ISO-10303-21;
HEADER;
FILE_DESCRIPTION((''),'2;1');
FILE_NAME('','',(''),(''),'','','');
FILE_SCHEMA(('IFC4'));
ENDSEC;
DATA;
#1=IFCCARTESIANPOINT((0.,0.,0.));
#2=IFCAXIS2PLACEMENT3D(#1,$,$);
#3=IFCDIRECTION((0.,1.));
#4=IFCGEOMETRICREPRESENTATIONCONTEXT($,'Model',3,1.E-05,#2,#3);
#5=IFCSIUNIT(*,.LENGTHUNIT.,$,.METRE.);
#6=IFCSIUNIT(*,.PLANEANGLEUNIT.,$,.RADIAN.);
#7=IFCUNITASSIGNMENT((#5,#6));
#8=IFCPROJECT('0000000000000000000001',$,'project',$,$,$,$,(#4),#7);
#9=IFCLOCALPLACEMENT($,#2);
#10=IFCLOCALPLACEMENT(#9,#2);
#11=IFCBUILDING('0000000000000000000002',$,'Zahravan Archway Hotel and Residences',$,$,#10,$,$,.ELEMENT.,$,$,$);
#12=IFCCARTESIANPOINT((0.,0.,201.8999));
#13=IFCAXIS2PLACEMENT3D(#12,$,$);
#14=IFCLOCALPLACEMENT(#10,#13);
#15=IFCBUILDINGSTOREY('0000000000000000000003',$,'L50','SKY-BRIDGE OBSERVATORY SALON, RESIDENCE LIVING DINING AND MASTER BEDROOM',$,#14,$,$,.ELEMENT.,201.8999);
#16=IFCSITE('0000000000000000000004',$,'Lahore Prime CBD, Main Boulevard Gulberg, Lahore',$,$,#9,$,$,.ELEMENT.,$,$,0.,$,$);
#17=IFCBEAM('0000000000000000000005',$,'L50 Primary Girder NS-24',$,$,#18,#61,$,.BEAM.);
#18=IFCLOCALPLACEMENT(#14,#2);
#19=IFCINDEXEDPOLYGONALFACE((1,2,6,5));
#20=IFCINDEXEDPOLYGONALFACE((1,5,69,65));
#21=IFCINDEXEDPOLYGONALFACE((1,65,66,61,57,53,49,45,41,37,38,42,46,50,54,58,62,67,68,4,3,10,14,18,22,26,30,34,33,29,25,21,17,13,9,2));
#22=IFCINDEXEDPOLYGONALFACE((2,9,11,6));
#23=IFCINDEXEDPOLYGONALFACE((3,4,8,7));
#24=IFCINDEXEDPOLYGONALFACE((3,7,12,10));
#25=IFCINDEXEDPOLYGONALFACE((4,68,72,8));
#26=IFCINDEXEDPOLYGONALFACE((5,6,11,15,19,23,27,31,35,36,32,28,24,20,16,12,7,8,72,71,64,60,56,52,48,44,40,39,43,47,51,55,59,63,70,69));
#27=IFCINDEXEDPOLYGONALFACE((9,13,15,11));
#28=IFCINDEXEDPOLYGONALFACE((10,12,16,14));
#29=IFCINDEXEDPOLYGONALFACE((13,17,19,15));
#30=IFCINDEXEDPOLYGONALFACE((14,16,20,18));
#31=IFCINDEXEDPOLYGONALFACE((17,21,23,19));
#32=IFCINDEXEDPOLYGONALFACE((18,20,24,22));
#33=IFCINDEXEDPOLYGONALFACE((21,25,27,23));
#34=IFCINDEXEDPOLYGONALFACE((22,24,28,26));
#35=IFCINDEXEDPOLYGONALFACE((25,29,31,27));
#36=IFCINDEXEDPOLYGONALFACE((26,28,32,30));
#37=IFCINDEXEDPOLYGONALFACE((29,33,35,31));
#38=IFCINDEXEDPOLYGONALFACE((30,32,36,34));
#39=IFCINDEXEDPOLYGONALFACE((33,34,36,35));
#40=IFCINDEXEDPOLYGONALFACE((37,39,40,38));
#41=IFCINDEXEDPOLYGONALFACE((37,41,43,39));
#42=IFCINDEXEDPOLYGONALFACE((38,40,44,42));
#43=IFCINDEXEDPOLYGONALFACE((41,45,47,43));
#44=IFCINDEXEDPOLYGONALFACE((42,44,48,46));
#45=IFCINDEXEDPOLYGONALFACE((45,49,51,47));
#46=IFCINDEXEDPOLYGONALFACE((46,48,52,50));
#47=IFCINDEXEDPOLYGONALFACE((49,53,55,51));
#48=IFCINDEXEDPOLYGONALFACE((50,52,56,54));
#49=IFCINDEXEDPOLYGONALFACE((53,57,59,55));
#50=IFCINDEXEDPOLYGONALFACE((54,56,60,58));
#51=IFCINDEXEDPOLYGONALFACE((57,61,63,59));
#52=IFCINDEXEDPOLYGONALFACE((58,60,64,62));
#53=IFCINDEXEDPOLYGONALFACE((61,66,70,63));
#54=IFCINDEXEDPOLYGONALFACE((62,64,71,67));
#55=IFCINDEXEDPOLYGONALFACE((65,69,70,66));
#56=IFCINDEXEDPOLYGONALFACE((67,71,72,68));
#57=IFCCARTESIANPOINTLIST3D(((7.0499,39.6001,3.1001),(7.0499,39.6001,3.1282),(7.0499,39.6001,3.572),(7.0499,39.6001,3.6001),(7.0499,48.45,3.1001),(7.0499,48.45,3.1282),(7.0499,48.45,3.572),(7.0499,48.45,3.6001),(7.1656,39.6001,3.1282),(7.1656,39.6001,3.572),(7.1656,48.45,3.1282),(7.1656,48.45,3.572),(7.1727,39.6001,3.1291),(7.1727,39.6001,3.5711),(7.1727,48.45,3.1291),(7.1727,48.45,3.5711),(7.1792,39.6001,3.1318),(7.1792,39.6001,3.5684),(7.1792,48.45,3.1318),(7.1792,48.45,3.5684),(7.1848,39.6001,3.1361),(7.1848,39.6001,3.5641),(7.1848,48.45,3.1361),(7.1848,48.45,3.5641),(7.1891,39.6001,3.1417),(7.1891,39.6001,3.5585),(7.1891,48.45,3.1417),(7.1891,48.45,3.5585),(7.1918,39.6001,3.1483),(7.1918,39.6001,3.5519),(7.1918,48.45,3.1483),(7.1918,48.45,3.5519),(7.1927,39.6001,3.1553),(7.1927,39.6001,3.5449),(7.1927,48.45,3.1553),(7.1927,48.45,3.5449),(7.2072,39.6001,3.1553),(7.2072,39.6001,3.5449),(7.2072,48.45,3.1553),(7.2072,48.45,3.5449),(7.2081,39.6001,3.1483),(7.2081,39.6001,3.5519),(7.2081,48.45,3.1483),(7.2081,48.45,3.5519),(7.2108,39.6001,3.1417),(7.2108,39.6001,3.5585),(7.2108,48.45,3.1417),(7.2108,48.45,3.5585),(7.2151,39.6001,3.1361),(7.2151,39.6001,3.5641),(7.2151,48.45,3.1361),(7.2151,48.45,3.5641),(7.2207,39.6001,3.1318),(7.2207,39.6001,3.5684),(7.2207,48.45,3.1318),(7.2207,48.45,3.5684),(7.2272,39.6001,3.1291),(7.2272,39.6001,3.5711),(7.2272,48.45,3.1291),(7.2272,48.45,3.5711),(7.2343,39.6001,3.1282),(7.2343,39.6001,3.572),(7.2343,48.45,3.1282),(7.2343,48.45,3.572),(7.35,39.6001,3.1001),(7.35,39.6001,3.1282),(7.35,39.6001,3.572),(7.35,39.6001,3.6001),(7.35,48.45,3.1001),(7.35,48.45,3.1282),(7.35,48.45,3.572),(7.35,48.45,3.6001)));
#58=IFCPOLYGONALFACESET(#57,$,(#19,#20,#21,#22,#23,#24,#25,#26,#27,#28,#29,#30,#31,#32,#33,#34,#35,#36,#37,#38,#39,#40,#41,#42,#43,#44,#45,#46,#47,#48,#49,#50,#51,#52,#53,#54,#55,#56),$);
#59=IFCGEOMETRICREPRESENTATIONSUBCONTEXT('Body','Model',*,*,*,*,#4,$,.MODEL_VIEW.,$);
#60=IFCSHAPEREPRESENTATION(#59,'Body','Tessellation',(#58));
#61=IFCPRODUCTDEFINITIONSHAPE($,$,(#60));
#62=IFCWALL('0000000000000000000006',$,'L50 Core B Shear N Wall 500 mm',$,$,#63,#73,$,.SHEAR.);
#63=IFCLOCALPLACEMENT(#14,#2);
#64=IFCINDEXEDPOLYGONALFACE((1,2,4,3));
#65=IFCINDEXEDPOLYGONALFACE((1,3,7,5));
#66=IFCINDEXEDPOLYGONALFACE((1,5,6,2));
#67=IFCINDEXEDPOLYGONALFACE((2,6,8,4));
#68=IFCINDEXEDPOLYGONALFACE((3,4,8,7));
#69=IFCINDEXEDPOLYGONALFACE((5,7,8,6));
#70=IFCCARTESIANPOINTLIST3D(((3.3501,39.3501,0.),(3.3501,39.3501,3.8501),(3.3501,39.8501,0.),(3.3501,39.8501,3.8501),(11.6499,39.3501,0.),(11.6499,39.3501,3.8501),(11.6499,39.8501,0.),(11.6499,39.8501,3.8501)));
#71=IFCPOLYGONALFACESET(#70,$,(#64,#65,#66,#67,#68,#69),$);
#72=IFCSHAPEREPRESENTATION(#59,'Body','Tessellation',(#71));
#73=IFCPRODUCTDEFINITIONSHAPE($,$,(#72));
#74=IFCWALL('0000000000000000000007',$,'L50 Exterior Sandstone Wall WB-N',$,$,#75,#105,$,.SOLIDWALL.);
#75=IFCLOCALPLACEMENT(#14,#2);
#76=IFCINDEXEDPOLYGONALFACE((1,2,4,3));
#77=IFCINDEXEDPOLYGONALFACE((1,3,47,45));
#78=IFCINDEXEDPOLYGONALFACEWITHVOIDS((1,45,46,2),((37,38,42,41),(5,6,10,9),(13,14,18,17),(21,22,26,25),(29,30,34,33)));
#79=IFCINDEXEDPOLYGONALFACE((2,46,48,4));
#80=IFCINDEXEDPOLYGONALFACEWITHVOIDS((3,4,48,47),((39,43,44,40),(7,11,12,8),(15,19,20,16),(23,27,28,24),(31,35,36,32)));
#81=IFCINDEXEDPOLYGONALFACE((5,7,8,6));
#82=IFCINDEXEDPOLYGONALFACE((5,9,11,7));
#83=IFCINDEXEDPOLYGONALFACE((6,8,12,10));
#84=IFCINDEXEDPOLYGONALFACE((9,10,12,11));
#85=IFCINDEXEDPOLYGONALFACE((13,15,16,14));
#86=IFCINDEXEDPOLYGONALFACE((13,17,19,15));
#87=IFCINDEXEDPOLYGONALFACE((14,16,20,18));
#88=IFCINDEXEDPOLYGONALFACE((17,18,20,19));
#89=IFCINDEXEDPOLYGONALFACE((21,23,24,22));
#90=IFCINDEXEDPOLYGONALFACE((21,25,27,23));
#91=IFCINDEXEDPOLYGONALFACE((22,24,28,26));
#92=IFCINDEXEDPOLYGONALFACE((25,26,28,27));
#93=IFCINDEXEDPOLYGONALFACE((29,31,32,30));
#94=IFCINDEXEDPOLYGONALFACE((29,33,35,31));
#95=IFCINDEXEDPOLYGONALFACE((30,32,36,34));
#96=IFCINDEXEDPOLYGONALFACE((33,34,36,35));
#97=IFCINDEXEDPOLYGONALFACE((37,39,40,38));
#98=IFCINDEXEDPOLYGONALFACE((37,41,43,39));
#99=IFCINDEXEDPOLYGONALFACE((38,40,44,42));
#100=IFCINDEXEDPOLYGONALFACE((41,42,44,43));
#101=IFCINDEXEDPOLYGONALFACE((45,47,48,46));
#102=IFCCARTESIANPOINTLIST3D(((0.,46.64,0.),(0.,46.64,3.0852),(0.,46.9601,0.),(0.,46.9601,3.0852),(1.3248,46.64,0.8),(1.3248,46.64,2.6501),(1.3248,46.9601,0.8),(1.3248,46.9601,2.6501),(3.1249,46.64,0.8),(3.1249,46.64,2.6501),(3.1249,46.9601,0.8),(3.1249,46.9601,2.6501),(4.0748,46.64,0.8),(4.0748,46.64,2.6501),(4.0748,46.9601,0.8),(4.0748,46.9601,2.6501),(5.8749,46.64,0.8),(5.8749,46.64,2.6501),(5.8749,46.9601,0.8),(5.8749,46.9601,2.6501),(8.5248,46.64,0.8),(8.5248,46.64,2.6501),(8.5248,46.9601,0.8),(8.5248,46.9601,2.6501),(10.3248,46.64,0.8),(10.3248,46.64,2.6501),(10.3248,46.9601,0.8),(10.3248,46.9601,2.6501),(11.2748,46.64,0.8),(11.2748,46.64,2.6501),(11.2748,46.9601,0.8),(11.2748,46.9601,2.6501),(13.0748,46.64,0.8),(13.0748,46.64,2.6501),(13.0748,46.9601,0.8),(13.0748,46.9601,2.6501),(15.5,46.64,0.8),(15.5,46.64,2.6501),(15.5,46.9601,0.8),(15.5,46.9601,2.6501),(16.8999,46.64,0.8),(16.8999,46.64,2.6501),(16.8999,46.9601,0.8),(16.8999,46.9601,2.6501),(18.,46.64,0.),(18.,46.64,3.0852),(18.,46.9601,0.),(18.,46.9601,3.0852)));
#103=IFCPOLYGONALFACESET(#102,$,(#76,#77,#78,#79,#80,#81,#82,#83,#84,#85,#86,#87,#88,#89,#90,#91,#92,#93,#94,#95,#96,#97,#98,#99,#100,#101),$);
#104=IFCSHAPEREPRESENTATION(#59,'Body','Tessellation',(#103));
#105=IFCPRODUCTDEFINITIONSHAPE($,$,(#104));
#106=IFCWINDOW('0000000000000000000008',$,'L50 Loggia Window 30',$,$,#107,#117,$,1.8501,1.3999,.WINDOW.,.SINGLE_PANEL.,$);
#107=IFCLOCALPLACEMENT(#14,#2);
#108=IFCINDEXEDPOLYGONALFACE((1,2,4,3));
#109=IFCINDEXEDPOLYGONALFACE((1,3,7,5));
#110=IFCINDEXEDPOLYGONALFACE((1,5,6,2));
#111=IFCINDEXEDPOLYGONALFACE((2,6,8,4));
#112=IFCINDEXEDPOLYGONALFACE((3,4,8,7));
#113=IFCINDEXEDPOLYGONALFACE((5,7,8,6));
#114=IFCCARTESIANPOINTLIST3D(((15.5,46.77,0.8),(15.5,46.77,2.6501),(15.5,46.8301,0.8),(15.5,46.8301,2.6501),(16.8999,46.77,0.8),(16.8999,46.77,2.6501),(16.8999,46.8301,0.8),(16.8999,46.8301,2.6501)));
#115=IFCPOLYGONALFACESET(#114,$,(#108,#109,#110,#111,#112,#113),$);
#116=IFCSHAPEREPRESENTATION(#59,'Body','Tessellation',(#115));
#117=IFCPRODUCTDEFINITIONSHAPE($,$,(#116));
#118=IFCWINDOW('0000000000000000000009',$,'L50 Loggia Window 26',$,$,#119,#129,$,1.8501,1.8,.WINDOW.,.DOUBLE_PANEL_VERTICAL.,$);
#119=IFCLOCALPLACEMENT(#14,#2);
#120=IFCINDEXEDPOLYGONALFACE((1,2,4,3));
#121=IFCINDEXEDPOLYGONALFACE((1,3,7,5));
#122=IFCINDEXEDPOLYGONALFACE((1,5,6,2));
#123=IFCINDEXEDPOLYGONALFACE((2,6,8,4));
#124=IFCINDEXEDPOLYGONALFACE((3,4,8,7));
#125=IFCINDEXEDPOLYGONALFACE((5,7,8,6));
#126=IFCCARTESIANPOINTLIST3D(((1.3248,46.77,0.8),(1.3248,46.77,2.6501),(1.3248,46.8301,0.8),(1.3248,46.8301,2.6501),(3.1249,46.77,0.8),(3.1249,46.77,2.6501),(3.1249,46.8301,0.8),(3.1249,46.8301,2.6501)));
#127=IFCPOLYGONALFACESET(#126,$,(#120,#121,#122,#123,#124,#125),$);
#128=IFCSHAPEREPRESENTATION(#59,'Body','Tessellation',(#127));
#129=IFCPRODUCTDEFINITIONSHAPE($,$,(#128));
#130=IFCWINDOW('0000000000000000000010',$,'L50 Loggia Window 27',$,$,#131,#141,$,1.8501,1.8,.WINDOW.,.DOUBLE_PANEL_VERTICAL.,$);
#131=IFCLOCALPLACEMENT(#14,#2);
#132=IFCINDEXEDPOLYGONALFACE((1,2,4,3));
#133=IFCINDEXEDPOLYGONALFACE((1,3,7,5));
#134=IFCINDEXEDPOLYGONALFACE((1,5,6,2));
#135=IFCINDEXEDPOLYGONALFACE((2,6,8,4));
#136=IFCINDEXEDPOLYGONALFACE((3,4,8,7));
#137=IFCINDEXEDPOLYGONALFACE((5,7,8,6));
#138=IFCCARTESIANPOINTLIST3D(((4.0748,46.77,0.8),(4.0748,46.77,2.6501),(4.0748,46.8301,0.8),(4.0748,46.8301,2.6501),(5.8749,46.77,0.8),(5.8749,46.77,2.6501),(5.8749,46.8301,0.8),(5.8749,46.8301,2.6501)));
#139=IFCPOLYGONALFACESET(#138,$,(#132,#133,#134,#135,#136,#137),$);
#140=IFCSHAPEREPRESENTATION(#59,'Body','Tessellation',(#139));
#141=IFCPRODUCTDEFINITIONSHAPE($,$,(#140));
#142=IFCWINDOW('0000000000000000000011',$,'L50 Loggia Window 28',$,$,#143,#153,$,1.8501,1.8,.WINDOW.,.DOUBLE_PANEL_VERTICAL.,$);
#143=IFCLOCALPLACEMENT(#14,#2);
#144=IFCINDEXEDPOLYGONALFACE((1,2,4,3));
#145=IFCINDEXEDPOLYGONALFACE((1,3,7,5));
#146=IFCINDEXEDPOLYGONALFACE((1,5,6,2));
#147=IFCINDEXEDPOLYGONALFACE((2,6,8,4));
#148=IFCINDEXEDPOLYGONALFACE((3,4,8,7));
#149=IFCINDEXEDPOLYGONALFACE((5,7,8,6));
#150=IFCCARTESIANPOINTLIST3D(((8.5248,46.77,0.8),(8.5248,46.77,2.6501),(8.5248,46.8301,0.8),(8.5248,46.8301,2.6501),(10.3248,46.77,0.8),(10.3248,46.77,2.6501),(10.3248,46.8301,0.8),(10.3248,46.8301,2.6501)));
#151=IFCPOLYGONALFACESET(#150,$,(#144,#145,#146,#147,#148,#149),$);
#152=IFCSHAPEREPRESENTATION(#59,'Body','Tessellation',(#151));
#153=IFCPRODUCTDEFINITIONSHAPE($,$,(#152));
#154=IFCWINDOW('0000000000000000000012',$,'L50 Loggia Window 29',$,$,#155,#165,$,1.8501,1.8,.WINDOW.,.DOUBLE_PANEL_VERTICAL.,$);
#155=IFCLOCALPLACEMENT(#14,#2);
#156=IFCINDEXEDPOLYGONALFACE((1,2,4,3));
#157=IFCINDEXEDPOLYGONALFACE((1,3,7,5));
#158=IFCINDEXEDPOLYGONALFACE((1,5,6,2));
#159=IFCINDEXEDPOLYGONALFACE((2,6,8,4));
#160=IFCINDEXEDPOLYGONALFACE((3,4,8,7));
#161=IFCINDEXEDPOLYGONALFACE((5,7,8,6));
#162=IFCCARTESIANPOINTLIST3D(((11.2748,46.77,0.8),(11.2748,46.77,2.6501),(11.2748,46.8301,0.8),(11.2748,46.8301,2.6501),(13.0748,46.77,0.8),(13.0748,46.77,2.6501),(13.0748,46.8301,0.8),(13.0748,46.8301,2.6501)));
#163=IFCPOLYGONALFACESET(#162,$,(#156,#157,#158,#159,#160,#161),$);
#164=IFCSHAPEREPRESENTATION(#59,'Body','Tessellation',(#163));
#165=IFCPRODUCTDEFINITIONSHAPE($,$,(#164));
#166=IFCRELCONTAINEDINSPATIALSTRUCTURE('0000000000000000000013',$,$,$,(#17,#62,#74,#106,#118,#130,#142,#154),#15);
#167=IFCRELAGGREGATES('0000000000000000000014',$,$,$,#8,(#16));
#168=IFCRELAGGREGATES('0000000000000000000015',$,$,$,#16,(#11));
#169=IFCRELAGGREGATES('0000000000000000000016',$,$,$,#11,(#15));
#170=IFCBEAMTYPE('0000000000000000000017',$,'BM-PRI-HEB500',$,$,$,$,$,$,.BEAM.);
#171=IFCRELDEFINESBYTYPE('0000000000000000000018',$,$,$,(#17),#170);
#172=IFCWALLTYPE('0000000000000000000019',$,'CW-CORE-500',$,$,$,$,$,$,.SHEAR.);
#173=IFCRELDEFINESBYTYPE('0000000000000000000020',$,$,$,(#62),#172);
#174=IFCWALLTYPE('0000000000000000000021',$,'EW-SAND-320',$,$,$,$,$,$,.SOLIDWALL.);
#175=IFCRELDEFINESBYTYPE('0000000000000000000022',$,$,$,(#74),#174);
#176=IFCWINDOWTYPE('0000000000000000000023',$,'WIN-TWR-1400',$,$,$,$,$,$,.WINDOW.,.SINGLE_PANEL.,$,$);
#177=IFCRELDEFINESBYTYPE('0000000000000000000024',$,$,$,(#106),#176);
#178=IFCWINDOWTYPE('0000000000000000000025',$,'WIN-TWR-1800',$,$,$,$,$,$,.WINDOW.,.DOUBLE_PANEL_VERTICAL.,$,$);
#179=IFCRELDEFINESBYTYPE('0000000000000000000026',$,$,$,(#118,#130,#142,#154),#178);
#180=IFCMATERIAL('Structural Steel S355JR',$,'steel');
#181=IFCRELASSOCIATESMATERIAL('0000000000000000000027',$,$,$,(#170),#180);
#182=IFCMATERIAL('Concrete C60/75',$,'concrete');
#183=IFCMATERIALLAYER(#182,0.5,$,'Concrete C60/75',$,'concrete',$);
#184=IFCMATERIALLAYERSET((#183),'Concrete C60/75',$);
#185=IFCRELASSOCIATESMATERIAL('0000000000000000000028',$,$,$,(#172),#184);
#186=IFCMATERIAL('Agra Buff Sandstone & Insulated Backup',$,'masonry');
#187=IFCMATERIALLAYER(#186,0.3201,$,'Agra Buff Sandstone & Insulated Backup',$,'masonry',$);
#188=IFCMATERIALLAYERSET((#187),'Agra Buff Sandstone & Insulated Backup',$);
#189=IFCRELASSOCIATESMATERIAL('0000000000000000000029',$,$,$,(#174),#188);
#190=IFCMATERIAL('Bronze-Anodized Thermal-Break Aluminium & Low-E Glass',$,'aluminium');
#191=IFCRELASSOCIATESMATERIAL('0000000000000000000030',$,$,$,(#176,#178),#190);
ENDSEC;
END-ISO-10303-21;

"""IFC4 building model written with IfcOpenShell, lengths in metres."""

from ifc_helpers import new_model, si_unit, direction, frame, frame_2d, origin, origin_2d, place, context, subcontext, project, spatial, rectangle, i_section, extrude, source, transform, mapped, material, layer, layer_set, material_profile, profile_set, type_object, type_shapes, element, fill, save


model = new_model("IFC4")

# Units and contexts
model_context = context("Model", 3, precision=1e-05, world=origin(), true_north=direction((0.0, 1.0)))
body_context = subcontext(model_context, "Body", "Model", "MODEL_VIEW")
ifc_project = project(units=[si_unit("LENGTHUNIT", "METRE"), si_unit("PLANEANGLEUNIT", "RADIAN")], contexts=[model_context])

# Site, building, storey
site_placement = place(None, origin())
site = spatial("IfcSite", under=ifc_project, at=site_placement, Name="Lahore Prime CBD, Main Boulevard Gulberg, Lahore", CompositionType="ELEMENT", RefElevation=0.0)
building_placement = place(site_placement, origin())
building = spatial("IfcBuilding", under=site, at=building_placement, Name="Zahravan Archway Hotel and Residences", CompositionType="ELEMENT")
storey_placement = place(building_placement, frame((0.0, 0.0, 201.8999)))
storey = spatial("IfcBuildingStorey", under=building, at=storey_placement, Name="L50", Description="SKY-BRIDGE OBSERVATORY SALON, RESIDENCE LIVING DINING AND MASTER BEDROOM", CompositionType="ELEMENT", Elevation=201.8999)

# Shared definitions
ifc_material_1 = material(Name="Concrete C60/75", Category="concrete")

# Beam
ifc_material_2 = material(Name="Structural Steel S355JR", Category="steel")
ifc_material_profile_1 = material_profile(ifc_material_2, i_section(OverallWidth=0.3, OverallDepth=0.5, WebThickness=0.0144, FlangeThickness=0.0281, FilletRadius=0.0271, at=origin_2d()), Name="HEB 500", Category="steel")
ifc_profile_set_1 = profile_set([ifc_material_profile_1], Name="Structural Steel S355JR")
beam_type_1 = type_object("IfcBeamType", Name="BM-PRI-HEB500", PredefinedType="BEAM", material=ifc_profile_set_1)
shared_shape_1 = source(origin(), body_context, "Body", "SweptSolid", [
    extrude(i_section(OverallWidth=0.3, OverallDepth=0.5, WebThickness=0.0144, FlangeThickness=0.0281, FilletRadius=0.0271, at=origin_2d()), origin(), (0.0, 0.0, 1.0), 8.8499),
])
beam_1_placement = place(storey_placement, frame((7.2, 39.6001, 3.3501), z_axis=(0.0, 1.0, 0.0), x_axis=(-1.0, 0.0, 0.0)))
element("IfcBeam", 1, at=beam_1_placement, inside=storey, type_object=beam_type_1, Name="L50 Primary Girder NS-24", PredefinedType="BEAM", context=body_context, shape_type="MappedRepresentation", body=[
    mapped(shared_shape_1, transform((0.0, 0.0, 0.0), scale=1.0)),
])

# Wall
ifc_layer_1 = layer(ifc_material_1, 0.5, Name="Concrete C60/75", Category="concrete")
ifc_layer_set_1 = layer_set([ifc_layer_1], Name="Concrete C60/75")
wall_type_1 = type_object("IfcWallType", Name="CW-CORE-500", PredefinedType="SHEAR", material=ifc_layer_set_1)
wall_1_placement = place(storey_placement, frame((3.3501, 39.6001, 0.0), z_axis=(0.0, 0.0, 1.0), x_axis=(1.0, 0.0, 0.0)))
element("IfcWall", 2, at=wall_1_placement, inside=storey, type_object=wall_type_1, Name="L50 Core B Shear N Wall 500 mm", PredefinedType="SHEAR", context=body_context, shape_type="SweptSolid", body=[
    extrude(rectangle(XDim=8.2998, YDim=0.5, at=frame_2d((4.1499, 0.0))), origin(), (0.0, 0.0, 1.0), 3.8501),
])

# Wall, openings, windows
ifc_material_3 = material(Name="Agra Buff Sandstone & Insulated Backup", Category="masonry")
ifc_layer_2 = layer(ifc_material_3, 0.3201, Name="Agra Buff Sandstone & Insulated Backup", Category="masonry")
ifc_layer_set_2 = layer_set([ifc_layer_2], Name="Agra Buff Sandstone & Insulated Backup")
wall_type_2 = type_object("IfcWallType", Name="EW-SAND-320", PredefinedType="SOLIDWALL", material=ifc_layer_set_2)
wall_2_placement = place(storey_placement, frame((0.0, 46.8, 0.0), z_axis=(0.0, 0.0, 1.0), x_axis=(1.0, 0.0, 0.0)))
wall_2 = element("IfcWall", 3, at=wall_2_placement, inside=storey, type_object=wall_type_2, Name="L50 Exterior Sandstone Wall WB-N", PredefinedType="SOLIDWALL", context=body_context, shape_type="SweptSolid", body=[
    extrude(rectangle(XDim=18.0, YDim=0.3201, at=frame_2d((9.0, 0.0))), origin(), (0.0, 0.0, 1.0), 3.0852),
])
opening_1_placement = place(wall_2_placement, frame((1.325, 0.0, 0.8)))
opening_1 = element("IfcOpeningElement", 4, at=opening_1_placement, cuts=wall_2, PredefinedType="OPENING", context=body_context, shape_type="SweptSolid", body=[
    extrude(rectangle(XDim=1.8, YDim=1.8501, at=frame_2d((0.8999, 0.925))), frame((0.0, 0.1699, 0.0), z_axis=(0.0, -1.0, 0.0), x_axis=(1.0, 0.0, 0.0)), (0.0, 0.0, 1.0), 0.3401),
])
opening_2_placement = place(wall_2_placement, frame((4.075, 0.0, 0.8)))
opening_2 = element("IfcOpeningElement", 5, at=opening_2_placement, cuts=wall_2, PredefinedType="OPENING", context=body_context, shape_type="SweptSolid", body=[
    extrude(rectangle(XDim=1.8, YDim=1.8501, at=frame_2d((0.8999, 0.925))), frame((0.0, 0.1699, 0.0), z_axis=(0.0, -1.0, 0.0), x_axis=(1.0, 0.0, 0.0)), (0.0, 0.0, 1.0), 0.3401),
])
opening_3_placement = place(wall_2_placement, frame((8.5249, 0.0, 0.8)))
opening_3 = element("IfcOpeningElement", 6, at=opening_3_placement, cuts=wall_2, PredefinedType="OPENING", context=body_context, shape_type="SweptSolid", body=[
    extrude(rectangle(XDim=1.8, YDim=1.8501, at=frame_2d((0.8999, 0.925))), frame((0.0, 0.1699, 0.0), z_axis=(0.0, -1.0, 0.0), x_axis=(1.0, 0.0, 0.0)), (0.0, 0.0, 1.0), 0.3401),
])
opening_4_placement = place(wall_2_placement, frame((11.2749, 0.0, 0.8)))
opening_4 = element("IfcOpeningElement", 7, at=opening_4_placement, cuts=wall_2, PredefinedType="OPENING", context=body_context, shape_type="SweptSolid", body=[
    extrude(rectangle(XDim=1.8, YDim=1.8501, at=frame_2d((0.8999, 0.925))), frame((0.0, 0.1699, 0.0), z_axis=(0.0, -1.0, 0.0), x_axis=(1.0, 0.0, 0.0)), (0.0, 0.0, 1.0), 0.3401),
])
opening_5_placement = place(wall_2_placement, frame((15.5, 0.0, 0.8)))
opening_5 = element("IfcOpeningElement", 8, at=opening_5_placement, cuts=wall_2, PredefinedType="OPENING", context=body_context, shape_type="SweptSolid", body=[
    extrude(rectangle(XDim=1.3999, YDim=1.8501, at=frame_2d((0.7, 0.925))), frame((0.0, 0.1699, 0.0), z_axis=(0.0, -1.0, 0.0), x_axis=(1.0, 0.0, 0.0)), (0.0, 0.0, 1.0), 0.3401),
])
ifc_material_4 = material(Name="Bronze-Anodized Thermal-Break Aluminium & Low-E Glass", Category="aluminium")
window_type_1 = type_object("IfcWindowType", Name="WIN-TWR-1400", PartitioningType="SINGLE_PANEL", PredefinedType="WINDOW", material=ifc_material_4)
shared_shape_2 = source(origin(), body_context, "Body", "SweptSolid", [
    extrude(rectangle(XDim=1.3999, YDim=1.8501, at=frame_2d((0.7, 0.925))), frame((0.0, 0.03, 0.0), z_axis=(0.0, -1.0, 0.0), x_axis=(1.0, 0.0, 0.0)), (0.0, 0.0, 1.0), 0.0601),
])
type_shapes(window_type_1, [shared_shape_2])
window_1_placement = place(opening_5_placement, origin())
window_1 = element("IfcWindow", 9, at=window_1_placement, inside=storey, type_object=window_type_1, Name="L50 Loggia Window 30", OverallHeight=1.8501, OverallWidth=1.3999, PartitioningType="SINGLE_PANEL", PredefinedType="WINDOW", context=body_context, shape_type="MappedRepresentation", body=[
    mapped(shared_shape_2, transform((0.0, 0.0, 0.0), scale=1.0)),
])
fill(opening_5, window_1)
window_type_2 = type_object("IfcWindowType", Name="WIN-TWR-1800", PartitioningType="DOUBLE_PANEL_VERTICAL", PredefinedType="WINDOW", material=ifc_material_4)
shared_shape_3 = source(origin(), body_context, "Body", "SweptSolid", [
    extrude(rectangle(XDim=1.8, YDim=1.8501, at=frame_2d((0.8999, 0.925))), frame((0.0, 0.03, 0.0), z_axis=(0.0, -1.0, 0.0), x_axis=(1.0, 0.0, 0.0)), (0.0, 0.0, 1.0), 0.0601),
])
type_shapes(window_type_2, [shared_shape_3])
window_2_placement = place(opening_1_placement, origin())
window_2 = element("IfcWindow", 10, at=window_2_placement, inside=storey, type_object=window_type_2, Name="L50 Loggia Window 26", OverallHeight=1.8501, OverallWidth=1.8, PartitioningType="DOUBLE_PANEL_VERTICAL", PredefinedType="WINDOW", context=body_context, shape_type="MappedRepresentation", body=[
    mapped(shared_shape_3, transform((0.0, 0.0, 0.0), scale=1.0)),
])
fill(opening_1, window_2)
window_3_placement = place(opening_2_placement, origin())
window_3 = element("IfcWindow", 11, at=window_3_placement, inside=storey, type_object=window_type_2, Name="L50 Loggia Window 27", OverallHeight=1.8501, OverallWidth=1.8, PartitioningType="DOUBLE_PANEL_VERTICAL", PredefinedType="WINDOW", context=body_context, shape_type="MappedRepresentation", body=[
    mapped(shared_shape_3, transform((0.0, 0.0, 0.0), scale=1.0)),
])
fill(opening_2, window_3)
window_4_placement = place(opening_3_placement, origin())
window_4 = element("IfcWindow", 12, at=window_4_placement, inside=storey, type_object=window_type_2, Name="L50 Loggia Window 28", OverallHeight=1.8501, OverallWidth=1.8, PartitioningType="DOUBLE_PANEL_VERTICAL", PredefinedType="WINDOW", context=body_context, shape_type="MappedRepresentation", body=[
    mapped(shared_shape_3, transform((0.0, 0.0, 0.0), scale=1.0)),
])
fill(opening_3, window_4)
window_5_placement = place(opening_4_placement, origin())
window_5 = element("IfcWindow", 13, at=window_5_placement, inside=storey, type_object=window_type_2, Name="L50 Loggia Window 29", OverallHeight=1.8501, OverallWidth=1.8, PartitioningType="DOUBLE_PANEL_VERTICAL", PredefinedType="WINDOW", context=body_context, shape_type="MappedRepresentation", body=[
    mapped(shared_shape_3, transform((0.0, 0.0, 0.0), scale=1.0)),
])
fill(opening_4, window_5)

save(model, "model.ifc")
